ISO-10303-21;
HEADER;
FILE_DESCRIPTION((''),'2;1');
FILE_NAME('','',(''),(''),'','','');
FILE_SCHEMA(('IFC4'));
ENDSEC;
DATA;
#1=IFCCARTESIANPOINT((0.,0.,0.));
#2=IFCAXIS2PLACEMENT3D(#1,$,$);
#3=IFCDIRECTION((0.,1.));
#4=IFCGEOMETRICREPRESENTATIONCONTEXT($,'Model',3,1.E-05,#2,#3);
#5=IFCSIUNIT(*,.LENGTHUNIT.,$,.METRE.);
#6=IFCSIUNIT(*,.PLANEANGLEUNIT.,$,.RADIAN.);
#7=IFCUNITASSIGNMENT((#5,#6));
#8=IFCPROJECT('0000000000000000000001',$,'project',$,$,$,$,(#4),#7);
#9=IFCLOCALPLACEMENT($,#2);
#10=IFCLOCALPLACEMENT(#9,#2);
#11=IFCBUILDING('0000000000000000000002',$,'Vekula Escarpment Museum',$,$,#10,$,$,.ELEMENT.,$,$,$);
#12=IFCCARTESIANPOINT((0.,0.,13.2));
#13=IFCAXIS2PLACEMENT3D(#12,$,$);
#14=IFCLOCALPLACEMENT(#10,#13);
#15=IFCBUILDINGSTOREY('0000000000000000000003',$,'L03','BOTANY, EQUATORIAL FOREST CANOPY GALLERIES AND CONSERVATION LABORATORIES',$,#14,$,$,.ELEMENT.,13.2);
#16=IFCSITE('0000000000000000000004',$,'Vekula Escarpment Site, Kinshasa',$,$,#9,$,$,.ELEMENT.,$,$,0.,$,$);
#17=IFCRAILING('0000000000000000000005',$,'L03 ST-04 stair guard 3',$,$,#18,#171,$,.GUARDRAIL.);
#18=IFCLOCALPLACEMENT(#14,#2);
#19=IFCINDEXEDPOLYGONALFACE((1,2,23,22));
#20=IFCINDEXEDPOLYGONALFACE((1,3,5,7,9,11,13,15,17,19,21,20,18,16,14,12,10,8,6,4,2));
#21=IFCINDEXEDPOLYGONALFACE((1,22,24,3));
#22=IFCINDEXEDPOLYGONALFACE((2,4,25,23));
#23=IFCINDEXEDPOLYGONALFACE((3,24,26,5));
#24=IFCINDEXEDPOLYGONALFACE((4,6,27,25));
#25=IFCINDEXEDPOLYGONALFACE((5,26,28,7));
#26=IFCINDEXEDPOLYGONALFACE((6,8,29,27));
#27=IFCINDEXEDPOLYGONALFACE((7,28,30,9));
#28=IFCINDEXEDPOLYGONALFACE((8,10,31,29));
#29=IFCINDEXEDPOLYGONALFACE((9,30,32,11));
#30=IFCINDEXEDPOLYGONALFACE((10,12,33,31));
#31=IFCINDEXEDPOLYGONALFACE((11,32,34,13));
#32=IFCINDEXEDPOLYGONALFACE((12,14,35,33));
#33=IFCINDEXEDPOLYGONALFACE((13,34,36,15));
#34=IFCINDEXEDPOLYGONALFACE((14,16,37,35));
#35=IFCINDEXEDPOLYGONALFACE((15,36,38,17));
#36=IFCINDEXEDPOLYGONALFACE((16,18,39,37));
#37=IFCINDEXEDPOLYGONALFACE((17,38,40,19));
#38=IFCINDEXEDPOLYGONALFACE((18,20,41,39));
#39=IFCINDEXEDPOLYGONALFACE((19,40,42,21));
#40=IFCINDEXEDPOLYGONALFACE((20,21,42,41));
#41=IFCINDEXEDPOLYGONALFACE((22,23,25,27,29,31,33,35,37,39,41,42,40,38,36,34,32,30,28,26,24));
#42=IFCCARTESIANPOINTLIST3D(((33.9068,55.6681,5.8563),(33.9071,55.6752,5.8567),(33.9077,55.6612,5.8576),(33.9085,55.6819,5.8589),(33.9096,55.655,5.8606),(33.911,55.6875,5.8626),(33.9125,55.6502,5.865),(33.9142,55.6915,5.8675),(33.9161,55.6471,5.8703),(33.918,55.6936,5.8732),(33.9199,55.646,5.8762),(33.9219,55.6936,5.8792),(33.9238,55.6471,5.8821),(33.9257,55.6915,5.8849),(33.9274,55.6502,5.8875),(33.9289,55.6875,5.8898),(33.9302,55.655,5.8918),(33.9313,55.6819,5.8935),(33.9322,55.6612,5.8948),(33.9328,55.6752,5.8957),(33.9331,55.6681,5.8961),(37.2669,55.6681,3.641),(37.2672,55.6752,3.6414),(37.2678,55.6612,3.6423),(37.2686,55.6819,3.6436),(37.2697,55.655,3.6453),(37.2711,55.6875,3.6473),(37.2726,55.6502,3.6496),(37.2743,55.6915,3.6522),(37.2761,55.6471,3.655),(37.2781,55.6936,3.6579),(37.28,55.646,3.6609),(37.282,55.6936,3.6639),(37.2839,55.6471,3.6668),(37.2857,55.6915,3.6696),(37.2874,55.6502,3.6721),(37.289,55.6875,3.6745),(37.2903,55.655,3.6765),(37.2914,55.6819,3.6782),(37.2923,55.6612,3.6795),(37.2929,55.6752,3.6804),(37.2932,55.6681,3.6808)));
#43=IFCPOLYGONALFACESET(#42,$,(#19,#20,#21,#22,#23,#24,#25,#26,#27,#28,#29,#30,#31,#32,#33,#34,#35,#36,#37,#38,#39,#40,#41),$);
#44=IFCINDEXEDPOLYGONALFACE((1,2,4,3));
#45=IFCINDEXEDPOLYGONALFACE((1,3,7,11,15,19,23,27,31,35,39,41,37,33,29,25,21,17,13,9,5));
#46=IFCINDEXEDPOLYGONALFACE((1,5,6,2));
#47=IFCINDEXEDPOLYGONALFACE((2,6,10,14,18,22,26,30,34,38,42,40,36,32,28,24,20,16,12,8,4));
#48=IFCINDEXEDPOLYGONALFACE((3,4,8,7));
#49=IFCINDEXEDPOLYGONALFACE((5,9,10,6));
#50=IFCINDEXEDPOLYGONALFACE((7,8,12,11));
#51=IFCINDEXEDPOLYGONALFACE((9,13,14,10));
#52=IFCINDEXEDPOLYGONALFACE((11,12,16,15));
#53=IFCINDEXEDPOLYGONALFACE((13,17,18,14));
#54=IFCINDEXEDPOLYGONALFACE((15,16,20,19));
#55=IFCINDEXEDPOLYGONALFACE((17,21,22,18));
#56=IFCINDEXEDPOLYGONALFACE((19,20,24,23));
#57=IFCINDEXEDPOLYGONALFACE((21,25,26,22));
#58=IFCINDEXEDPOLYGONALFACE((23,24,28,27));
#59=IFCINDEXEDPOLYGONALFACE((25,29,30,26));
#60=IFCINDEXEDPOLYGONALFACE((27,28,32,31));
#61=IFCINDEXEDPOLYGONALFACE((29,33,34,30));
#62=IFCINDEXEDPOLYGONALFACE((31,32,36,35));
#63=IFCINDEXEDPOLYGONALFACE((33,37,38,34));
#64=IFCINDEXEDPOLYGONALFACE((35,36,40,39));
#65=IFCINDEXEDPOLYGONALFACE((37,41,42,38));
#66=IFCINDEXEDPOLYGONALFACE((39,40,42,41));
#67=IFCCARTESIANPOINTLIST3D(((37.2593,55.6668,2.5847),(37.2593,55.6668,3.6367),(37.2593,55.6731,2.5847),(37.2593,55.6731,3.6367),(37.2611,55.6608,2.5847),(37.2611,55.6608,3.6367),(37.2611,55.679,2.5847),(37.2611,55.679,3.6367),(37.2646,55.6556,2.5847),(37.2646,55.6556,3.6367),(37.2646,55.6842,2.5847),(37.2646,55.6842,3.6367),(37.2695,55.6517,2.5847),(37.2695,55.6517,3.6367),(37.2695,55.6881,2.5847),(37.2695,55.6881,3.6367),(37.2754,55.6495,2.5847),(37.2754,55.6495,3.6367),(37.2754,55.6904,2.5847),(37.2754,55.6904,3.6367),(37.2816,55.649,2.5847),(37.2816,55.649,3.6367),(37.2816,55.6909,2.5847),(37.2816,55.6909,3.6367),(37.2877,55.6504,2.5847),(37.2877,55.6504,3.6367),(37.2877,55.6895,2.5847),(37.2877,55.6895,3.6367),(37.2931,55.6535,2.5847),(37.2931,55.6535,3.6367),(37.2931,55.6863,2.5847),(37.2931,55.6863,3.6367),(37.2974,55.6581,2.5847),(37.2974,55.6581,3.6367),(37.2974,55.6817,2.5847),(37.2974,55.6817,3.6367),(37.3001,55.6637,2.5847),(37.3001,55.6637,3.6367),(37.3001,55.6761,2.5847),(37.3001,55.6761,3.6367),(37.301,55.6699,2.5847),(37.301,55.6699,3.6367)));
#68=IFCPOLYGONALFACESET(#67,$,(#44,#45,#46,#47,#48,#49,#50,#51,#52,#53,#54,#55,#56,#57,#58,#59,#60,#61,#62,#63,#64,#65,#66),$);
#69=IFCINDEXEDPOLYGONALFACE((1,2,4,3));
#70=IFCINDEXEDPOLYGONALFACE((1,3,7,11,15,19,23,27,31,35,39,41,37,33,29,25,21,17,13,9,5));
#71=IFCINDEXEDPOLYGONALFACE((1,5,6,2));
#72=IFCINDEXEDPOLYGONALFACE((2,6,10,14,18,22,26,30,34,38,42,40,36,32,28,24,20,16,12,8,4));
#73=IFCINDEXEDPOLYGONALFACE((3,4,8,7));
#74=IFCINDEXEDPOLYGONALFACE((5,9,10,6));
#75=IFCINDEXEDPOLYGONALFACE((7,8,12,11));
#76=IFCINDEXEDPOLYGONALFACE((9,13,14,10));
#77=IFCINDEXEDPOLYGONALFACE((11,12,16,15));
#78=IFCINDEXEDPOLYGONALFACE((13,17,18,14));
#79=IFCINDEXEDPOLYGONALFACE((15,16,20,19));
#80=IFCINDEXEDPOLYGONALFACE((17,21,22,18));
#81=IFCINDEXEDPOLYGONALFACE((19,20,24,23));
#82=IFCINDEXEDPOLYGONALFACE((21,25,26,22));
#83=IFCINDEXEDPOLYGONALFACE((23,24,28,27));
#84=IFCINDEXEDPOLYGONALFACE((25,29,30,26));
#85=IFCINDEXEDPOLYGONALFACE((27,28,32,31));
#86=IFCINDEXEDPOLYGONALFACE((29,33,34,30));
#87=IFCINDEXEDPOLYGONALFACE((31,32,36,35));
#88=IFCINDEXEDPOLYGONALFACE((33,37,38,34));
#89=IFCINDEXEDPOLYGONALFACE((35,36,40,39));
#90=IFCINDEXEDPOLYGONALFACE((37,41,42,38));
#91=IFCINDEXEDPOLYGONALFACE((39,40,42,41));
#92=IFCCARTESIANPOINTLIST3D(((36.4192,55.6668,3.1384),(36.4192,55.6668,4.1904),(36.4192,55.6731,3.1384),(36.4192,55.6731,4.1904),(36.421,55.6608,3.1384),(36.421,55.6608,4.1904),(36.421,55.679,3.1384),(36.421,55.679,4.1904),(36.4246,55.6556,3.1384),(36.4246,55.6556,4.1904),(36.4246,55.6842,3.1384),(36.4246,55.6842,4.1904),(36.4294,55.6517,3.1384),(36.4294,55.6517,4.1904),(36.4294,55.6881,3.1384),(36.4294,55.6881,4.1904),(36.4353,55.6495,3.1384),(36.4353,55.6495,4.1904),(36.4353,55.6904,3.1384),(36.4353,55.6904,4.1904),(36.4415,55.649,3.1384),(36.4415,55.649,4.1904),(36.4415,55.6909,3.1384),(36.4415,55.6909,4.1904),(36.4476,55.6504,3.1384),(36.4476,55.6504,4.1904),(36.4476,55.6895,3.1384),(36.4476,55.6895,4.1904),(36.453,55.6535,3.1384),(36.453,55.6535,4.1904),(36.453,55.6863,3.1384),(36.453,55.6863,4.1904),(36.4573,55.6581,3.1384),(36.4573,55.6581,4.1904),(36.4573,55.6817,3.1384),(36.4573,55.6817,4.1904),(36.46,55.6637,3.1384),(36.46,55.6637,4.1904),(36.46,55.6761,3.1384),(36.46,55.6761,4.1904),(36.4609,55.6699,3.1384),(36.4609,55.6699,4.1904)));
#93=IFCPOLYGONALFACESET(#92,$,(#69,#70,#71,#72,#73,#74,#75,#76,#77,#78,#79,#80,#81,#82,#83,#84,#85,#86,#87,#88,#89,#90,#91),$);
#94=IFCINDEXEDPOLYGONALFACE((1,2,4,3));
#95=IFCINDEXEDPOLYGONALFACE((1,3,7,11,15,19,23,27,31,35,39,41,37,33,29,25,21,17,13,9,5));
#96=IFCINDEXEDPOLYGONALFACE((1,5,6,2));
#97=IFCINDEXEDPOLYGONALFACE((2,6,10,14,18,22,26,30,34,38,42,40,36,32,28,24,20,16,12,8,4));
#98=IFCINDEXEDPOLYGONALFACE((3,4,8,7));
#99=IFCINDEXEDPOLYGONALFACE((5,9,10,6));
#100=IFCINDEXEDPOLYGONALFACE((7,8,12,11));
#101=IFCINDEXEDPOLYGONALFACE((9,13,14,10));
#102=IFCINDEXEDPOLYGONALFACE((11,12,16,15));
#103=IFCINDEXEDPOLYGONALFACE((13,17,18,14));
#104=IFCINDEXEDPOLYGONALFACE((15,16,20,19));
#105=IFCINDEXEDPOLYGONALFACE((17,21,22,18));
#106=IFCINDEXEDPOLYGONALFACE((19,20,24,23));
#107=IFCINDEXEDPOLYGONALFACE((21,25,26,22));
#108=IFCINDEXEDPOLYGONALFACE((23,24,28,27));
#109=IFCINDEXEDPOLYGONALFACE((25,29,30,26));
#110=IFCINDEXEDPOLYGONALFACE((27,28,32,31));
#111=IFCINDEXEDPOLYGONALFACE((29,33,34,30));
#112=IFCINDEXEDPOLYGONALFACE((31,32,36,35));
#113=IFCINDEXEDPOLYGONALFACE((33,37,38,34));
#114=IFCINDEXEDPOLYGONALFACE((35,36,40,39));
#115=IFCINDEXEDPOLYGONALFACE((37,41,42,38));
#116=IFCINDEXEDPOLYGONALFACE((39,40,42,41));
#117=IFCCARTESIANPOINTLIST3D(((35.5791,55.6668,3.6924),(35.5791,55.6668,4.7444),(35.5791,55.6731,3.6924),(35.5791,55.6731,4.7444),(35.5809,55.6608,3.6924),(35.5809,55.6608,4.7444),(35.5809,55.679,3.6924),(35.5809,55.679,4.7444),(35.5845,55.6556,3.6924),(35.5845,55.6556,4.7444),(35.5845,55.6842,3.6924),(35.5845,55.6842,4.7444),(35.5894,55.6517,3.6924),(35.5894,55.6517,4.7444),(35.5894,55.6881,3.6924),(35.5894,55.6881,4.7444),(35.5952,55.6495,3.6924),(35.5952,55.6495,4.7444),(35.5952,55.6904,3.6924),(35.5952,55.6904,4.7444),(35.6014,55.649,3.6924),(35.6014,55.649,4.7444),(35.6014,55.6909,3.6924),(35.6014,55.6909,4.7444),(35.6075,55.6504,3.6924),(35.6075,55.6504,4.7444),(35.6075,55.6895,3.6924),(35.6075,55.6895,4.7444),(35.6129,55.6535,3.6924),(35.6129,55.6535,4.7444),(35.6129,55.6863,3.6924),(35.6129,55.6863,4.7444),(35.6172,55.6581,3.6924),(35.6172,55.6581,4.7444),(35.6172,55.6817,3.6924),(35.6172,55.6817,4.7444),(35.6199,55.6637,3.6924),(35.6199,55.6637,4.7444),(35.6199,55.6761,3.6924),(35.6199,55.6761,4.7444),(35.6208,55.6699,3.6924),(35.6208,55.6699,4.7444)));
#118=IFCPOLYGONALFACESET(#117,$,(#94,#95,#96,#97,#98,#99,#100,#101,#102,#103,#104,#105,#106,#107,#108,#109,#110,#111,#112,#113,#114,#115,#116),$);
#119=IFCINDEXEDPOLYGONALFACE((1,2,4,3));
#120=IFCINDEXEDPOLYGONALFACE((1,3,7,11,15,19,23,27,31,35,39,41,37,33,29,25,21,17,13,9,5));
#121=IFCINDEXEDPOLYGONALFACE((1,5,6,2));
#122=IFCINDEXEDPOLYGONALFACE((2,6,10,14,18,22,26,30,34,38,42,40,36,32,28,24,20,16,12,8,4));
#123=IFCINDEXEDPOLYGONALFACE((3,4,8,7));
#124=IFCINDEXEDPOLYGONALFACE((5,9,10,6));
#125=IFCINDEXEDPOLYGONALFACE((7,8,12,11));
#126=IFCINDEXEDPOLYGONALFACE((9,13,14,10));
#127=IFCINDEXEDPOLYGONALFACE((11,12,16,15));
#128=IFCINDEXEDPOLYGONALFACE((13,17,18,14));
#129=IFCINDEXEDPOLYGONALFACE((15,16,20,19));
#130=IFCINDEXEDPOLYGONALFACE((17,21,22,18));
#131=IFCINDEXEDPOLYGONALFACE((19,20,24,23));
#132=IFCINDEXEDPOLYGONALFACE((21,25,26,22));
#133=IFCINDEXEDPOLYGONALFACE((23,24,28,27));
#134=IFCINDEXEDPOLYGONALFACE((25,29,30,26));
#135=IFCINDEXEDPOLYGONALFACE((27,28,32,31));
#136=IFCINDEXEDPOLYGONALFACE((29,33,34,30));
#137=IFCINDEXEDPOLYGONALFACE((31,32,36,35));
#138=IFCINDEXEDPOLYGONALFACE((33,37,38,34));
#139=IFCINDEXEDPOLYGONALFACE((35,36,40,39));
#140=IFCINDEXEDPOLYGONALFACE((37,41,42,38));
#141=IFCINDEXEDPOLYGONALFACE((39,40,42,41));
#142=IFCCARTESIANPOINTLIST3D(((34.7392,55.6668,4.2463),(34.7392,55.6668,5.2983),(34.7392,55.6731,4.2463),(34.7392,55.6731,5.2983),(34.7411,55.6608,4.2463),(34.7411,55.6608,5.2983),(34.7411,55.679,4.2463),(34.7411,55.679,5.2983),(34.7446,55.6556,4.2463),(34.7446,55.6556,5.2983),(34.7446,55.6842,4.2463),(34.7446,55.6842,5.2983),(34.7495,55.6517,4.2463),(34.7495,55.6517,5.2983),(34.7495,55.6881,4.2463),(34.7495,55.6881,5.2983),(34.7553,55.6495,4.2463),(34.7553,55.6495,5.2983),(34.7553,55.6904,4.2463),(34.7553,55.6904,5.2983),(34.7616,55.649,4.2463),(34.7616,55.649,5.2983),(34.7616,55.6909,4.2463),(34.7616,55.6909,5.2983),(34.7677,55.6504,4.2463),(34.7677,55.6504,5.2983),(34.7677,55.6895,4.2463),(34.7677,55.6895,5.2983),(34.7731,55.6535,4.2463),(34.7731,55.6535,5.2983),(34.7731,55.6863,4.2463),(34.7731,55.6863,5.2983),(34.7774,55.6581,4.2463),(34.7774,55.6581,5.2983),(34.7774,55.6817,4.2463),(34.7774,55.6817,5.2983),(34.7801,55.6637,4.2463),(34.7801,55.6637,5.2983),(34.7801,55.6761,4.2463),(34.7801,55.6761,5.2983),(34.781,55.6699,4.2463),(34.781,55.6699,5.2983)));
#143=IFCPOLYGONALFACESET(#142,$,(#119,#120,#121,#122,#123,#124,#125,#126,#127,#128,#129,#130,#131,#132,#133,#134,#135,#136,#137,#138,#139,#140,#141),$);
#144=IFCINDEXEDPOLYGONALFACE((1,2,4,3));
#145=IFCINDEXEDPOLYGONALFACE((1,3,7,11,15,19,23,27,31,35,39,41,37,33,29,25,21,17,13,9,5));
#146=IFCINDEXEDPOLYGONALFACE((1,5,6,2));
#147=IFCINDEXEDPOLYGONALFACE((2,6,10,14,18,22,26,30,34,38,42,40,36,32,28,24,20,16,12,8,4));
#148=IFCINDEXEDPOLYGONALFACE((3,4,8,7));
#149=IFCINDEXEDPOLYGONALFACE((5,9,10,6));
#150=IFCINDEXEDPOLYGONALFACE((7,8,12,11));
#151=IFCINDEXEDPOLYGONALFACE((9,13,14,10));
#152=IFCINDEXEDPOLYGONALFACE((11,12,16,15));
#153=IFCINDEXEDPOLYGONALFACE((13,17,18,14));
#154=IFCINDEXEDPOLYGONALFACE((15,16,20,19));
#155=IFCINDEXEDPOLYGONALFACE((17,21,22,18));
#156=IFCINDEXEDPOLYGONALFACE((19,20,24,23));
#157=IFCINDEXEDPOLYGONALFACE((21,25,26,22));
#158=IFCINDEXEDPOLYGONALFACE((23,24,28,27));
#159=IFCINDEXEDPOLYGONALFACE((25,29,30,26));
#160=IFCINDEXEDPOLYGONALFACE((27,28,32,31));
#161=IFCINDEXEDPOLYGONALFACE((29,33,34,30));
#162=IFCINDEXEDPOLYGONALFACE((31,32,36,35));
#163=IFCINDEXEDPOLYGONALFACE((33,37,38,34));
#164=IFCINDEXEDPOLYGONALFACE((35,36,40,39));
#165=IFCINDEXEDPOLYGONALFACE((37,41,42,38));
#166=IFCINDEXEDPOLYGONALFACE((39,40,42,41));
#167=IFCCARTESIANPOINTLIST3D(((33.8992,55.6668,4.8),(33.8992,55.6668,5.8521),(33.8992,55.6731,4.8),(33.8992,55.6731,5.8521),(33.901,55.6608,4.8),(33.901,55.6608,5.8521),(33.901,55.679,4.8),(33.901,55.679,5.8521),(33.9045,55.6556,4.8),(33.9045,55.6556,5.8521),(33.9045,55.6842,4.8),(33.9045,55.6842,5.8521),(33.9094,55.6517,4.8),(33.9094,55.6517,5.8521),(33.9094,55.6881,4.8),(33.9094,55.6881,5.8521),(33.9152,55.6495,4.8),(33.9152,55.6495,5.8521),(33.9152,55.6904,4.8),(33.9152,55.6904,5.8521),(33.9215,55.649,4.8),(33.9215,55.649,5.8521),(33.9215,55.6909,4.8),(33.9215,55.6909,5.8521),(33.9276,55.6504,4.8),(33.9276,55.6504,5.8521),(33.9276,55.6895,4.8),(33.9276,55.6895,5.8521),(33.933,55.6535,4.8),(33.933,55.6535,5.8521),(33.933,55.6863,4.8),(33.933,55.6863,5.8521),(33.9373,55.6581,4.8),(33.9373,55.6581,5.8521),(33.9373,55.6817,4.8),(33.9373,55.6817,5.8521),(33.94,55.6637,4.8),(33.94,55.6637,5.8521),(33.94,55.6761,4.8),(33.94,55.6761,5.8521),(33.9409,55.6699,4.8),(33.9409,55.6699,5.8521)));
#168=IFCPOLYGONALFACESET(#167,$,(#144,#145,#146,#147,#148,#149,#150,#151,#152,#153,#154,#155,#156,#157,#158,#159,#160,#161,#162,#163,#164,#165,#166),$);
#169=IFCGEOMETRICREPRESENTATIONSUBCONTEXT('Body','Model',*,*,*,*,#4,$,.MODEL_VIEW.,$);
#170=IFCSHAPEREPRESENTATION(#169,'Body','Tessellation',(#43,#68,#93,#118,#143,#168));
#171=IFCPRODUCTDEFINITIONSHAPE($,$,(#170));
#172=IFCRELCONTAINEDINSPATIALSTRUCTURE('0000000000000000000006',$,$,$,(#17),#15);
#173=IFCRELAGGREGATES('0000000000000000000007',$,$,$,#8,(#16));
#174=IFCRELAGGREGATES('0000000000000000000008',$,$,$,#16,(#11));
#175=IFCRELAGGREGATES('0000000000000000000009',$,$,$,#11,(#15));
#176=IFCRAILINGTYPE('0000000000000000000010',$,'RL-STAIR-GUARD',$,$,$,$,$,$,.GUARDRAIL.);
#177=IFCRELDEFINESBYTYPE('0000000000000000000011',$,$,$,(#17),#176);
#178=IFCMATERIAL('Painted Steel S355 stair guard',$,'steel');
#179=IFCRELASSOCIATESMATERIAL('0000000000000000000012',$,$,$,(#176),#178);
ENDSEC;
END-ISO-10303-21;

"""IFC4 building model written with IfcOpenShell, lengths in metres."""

from ifc_helpers import new_model, si_unit, direction, frame, origin, origin_2d, place, context, subcontext, project, spatial, circle, extrude, material, type_object, element, save


model = new_model("IFC4")

# Units and contexts
model_context = context("Model", 3, precision=1e-05, world=origin(), true_north=direction((0.0, 1.0)))
body_context = subcontext(model_context, "Body", "Model", "MODEL_VIEW")
ifc_project = project(units=[si_unit("LENGTHUNIT", "METRE"), si_unit("PLANEANGLEUNIT", "RADIAN")], contexts=[model_context])

# Site, building, storey
site_placement = place(None, origin())
site = spatial("IfcSite", under=ifc_project, at=site_placement, Name="Vekula Escarpment Site, Kinshasa", CompositionType="ELEMENT", RefElevation=0.0)
building_placement = place(site_placement, origin())
building = spatial("IfcBuilding", under=site, at=building_placement, Name="Vekula Escarpment Museum", CompositionType="ELEMENT")
storey_placement = place(building_placement, frame((0.0, 0.0, 13.2)))
storey = spatial("IfcBuildingStorey", under=building, at=storey_placement, Name="L03", Description="BOTANY, EQUATORIAL FOREST CANOPY GALLERIES AND CONSERVATION LABORATORIES", CompositionType="ELEMENT", Elevation=13.2)

# Railing
ifc_material_1 = material(Name="Painted Steel S355 stair guard", Category="steel")
railing_type_1 = type_object("IfcRailingType", Name="RL-STAIR-GUARD", PredefinedType="GUARDRAIL", material=ifc_material_1)
railing_1_placement = place(storey_placement, frame((37.28, 55.6699, 2.5847)))
element("IfcRailing", 1, at=railing_1_placement, inside=storey, type_object=railing_type_1, Name="L03 ST-04 stair guard 3", PredefinedType="GUARDRAIL", context=body_context, shape_type="SweptSolid", body=[
    extrude(circle(Radius=0.0239, at=origin_2d()), frame((0.0, 0.0, 1.0762), z_axis=(-0.834876, 0.0, 0.550437), x_axis=(0.0, -1.0, 0.0)), (0.0, 0.0, 1.0), 4.0247),
    extrude(circle(Radius=0.021, at=origin_2d()), origin(), (0.0, 0.0, 1.0), 1.052),
    extrude(circle(Radius=0.021, at=origin_2d()), frame((-0.8401, 0.0, 0.5537)), (0.0, 0.0, 1.0), 1.052),
    extrude(circle(Radius=0.021, at=origin_2d()), frame((-1.6802, 0.0, 1.1077)), (0.0, 0.0, 1.0), 1.052),
    extrude(circle(Radius=0.021, at=origin_2d()), frame((-2.52, 0.0, 1.6616)), (0.0, 0.0, 1.0), 1.052),
    extrude(circle(Radius=0.021, at=origin_2d()), frame((-3.3601, 0.0, 2.2153)), (0.0, 0.0, 1.0), 1.052),
])

save(model, "model.ifc")
